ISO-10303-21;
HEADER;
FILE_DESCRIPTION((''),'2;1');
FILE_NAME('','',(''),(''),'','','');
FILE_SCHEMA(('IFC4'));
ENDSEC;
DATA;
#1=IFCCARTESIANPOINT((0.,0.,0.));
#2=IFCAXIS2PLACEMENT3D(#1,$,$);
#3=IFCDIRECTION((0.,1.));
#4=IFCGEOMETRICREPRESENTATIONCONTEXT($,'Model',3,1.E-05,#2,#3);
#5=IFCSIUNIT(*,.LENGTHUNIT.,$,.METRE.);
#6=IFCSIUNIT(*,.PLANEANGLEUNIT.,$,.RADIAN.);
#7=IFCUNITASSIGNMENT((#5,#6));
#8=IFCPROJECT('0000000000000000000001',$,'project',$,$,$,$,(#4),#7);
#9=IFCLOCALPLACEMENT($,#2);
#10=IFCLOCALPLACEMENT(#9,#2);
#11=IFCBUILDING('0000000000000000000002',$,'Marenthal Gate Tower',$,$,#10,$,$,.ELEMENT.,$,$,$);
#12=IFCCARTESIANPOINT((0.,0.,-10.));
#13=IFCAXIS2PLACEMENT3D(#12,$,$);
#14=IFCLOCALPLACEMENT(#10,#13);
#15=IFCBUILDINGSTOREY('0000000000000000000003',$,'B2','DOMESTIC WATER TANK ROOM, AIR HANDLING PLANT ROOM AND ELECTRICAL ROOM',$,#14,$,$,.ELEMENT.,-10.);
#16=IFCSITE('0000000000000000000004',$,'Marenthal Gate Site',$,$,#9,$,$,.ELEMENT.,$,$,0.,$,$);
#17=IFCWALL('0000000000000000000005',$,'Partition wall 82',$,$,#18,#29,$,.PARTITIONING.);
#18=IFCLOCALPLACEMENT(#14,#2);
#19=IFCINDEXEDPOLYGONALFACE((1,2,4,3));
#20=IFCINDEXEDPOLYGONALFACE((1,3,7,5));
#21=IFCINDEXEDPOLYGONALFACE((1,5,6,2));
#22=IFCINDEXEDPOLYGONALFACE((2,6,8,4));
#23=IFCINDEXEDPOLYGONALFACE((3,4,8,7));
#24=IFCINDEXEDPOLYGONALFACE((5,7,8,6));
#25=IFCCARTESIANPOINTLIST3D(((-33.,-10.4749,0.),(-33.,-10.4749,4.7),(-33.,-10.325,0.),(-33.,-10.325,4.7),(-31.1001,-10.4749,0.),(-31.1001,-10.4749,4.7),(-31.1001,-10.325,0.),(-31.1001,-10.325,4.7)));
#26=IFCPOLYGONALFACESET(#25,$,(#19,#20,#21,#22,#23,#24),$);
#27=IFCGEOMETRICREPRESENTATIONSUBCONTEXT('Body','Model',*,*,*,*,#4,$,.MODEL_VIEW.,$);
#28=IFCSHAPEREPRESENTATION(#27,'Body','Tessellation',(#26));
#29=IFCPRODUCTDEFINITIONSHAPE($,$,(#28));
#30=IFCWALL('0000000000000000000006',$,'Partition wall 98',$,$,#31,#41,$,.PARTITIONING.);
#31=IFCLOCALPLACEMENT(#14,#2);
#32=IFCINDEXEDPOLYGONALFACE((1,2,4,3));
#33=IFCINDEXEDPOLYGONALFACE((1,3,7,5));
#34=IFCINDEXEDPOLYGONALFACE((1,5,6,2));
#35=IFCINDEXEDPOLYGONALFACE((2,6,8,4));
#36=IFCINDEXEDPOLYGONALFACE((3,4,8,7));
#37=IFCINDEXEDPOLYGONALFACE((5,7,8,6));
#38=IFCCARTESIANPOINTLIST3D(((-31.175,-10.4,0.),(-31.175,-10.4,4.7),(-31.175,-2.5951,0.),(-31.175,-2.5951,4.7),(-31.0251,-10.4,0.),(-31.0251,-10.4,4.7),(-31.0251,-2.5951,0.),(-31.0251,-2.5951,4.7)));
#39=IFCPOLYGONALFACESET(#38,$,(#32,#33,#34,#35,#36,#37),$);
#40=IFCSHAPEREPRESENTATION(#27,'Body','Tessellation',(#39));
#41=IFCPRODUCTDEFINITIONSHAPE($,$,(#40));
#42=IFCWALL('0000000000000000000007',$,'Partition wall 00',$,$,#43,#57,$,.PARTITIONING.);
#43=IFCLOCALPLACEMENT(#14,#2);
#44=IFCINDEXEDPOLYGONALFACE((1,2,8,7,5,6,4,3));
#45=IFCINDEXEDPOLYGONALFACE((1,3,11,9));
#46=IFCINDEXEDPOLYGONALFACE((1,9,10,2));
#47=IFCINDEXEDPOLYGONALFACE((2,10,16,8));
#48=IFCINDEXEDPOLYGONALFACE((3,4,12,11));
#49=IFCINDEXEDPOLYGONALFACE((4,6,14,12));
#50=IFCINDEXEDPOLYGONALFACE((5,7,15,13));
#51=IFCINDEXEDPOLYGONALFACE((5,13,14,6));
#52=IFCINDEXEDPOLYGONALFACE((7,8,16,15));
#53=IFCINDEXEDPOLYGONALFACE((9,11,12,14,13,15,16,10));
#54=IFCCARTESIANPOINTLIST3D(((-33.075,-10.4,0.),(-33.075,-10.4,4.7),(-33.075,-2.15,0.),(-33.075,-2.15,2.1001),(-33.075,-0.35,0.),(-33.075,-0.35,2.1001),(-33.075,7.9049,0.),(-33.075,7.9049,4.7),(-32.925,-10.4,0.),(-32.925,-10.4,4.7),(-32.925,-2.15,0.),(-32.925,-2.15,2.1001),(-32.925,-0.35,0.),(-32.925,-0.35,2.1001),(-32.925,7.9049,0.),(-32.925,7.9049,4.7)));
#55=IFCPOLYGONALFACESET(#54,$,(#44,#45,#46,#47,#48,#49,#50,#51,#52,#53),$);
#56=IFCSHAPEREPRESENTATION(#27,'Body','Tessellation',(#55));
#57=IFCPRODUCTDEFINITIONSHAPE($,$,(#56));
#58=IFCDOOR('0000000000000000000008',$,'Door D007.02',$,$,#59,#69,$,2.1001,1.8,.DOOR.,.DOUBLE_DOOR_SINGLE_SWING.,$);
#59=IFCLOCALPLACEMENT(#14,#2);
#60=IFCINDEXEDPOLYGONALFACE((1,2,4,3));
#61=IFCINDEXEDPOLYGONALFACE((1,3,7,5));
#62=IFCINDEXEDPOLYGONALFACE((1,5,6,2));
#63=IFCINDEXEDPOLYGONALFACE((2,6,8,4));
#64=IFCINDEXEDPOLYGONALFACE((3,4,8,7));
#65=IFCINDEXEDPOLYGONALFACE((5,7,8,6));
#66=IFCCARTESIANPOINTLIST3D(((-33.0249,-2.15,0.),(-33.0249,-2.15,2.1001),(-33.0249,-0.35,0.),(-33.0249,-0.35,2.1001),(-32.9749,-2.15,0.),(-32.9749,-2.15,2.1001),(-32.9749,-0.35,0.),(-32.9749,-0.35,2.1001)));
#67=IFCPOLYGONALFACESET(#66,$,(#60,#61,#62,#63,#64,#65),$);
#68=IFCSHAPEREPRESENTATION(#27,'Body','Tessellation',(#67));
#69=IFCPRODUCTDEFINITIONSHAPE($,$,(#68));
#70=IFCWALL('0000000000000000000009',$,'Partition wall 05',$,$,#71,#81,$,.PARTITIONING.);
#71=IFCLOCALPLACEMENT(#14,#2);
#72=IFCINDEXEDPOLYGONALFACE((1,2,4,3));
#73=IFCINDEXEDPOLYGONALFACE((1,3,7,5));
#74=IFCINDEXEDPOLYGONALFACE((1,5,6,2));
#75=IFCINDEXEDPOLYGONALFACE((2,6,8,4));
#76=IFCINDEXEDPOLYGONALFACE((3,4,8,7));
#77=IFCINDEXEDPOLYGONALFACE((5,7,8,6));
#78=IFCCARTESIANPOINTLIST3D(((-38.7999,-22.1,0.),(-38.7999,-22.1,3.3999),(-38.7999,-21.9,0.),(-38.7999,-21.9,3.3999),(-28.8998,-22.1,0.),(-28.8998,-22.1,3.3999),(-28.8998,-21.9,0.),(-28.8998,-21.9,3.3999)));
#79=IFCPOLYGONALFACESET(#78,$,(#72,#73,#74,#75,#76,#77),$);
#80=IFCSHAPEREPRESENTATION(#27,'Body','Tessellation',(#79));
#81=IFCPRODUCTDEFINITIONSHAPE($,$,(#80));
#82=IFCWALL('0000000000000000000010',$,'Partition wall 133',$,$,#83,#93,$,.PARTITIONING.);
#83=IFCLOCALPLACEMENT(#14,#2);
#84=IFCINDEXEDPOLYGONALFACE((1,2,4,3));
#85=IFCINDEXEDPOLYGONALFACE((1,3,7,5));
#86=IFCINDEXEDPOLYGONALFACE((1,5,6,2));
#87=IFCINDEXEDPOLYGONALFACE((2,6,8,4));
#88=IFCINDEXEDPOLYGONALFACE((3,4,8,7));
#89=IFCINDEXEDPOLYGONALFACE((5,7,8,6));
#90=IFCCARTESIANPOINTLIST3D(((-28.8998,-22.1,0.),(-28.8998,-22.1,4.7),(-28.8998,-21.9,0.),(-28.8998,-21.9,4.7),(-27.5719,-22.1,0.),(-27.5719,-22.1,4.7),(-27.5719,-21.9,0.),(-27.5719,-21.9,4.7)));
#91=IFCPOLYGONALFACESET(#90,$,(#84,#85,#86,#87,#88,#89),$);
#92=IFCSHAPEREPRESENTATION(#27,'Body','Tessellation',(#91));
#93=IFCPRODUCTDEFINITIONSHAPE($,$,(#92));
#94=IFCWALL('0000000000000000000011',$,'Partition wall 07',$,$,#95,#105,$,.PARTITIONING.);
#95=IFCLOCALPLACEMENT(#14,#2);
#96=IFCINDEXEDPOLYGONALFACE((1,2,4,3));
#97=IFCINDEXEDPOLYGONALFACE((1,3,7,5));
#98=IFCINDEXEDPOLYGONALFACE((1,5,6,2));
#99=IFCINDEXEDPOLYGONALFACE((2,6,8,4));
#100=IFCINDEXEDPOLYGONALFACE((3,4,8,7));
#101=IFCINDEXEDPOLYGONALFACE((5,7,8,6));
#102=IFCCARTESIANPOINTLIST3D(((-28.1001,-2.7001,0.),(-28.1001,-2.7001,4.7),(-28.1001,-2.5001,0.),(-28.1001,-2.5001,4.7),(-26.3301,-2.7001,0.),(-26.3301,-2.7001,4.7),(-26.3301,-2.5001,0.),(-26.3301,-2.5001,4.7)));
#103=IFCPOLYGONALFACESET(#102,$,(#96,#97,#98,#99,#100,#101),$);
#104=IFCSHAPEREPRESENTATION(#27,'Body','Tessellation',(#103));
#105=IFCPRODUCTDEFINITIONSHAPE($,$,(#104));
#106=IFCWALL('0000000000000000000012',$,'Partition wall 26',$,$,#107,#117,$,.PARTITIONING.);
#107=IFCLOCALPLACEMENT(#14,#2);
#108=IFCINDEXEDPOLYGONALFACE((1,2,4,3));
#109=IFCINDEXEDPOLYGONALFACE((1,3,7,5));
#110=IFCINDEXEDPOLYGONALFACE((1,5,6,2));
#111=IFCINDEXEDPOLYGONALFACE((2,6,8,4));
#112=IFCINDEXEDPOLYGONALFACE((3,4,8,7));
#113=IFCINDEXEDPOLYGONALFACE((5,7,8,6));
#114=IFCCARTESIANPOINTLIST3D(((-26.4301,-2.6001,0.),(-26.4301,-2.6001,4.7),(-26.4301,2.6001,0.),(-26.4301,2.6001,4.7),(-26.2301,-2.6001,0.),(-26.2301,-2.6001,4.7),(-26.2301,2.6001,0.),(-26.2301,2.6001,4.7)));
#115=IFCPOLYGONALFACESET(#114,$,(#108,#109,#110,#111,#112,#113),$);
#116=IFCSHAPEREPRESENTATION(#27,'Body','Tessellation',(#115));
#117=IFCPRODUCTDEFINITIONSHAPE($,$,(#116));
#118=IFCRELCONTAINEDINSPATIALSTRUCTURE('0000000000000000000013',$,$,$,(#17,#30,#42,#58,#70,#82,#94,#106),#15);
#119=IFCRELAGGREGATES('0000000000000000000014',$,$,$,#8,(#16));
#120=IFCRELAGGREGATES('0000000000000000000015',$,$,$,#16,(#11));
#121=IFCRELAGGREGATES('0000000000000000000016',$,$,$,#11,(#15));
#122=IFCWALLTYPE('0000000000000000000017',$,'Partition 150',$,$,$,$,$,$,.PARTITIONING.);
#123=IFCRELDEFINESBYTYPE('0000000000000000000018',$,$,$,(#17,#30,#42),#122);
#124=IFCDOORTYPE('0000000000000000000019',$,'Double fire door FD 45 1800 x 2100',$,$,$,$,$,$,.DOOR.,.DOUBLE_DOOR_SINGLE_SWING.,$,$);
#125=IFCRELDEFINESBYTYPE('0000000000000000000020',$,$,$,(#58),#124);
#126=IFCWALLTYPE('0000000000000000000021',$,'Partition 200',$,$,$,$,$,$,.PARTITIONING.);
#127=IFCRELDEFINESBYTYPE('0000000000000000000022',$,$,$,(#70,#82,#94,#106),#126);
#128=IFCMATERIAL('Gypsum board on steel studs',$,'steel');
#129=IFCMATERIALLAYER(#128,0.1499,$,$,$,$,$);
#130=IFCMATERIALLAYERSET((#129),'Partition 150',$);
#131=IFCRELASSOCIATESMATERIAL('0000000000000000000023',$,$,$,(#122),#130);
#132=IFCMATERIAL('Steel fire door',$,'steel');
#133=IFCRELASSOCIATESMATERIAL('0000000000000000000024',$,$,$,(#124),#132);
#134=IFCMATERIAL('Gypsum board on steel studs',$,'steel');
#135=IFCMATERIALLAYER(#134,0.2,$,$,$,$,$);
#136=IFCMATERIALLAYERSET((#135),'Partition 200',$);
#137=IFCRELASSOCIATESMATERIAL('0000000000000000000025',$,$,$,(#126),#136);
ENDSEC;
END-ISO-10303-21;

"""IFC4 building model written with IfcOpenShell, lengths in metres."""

from ifc_helpers import new_model, si_unit, direction, frame, frame_2d, origin, place, context, subcontext, project, spatial, rectangle, extrude, material, layer, layer_set, type_object, element, fill, save


model = new_model("IFC4")

# Units and contexts
model_context = context("Model", 3, precision=1e-05, world=origin(), true_north=direction((0.0, 1.0)))
body_context = subcontext(model_context, "Body", "Model", "MODEL_VIEW")
ifc_project = project(units=[si_unit("LENGTHUNIT", "METRE"), si_unit("PLANEANGLEUNIT", "RADIAN")], contexts=[model_context])

# Site, building, storey
site_placement = place(None, origin())
site = spatial("IfcSite", under=ifc_project, at=site_placement, Name="Marenthal Gate Site", CompositionType="ELEMENT", RefElevation=0.0)
building_placement = place(site_placement, origin())
building = spatial("IfcBuilding", under=site, at=building_placement, Name="Marenthal Gate Tower", CompositionType="ELEMENT")
storey_placement = place(building_placement, frame((0.0, 0.0, -10.0)))
storey = spatial("IfcBuildingStorey", under=building, at=storey_placement, Name="B2", Description="DOMESTIC WATER TANK ROOM, AIR HANDLING PLANT ROOM AND ELECTRICAL ROOM", CompositionType="ELEMENT", Elevation=-10.0)

# Walls
ifc_material_1 = material(Name="Gypsum board on steel studs", Category="steel")
ifc_layer_1 = layer(ifc_material_1, 0.1499)
ifc_layer_set_1 = layer_set([ifc_layer_1], Name="Partition 150")
wall_type_1 = type_object("IfcWallType", Name="Partition 150", PredefinedType="PARTITIONING", material=ifc_layer_set_1)
wall_1_placement = place(storey_placement, frame((-33.0, -10.3999, 0.0), z_axis=(0.0, 0.0, 1.0), x_axis=(1.0, 0.0, 0.0)))
element("IfcWall", 1, at=wall_1_placement, inside=storey, type_object=wall_type_1, Name="Partition wall 82", PredefinedType="PARTITIONING", context=body_context, shape_type="SweptSolid", body=[
    extrude(rectangle(XDim=1.8999, YDim=0.1499, at=frame_2d((0.95, 0.0))), origin(), (0.0, 0.0, 1.0), 4.7),
])
wall_2_placement = place(storey_placement, frame((-31.1001, -10.3999, 0.0), z_axis=(0.0, 0.0, 1.0), x_axis=(0.0, 1.0, 0.0)))
element("IfcWall", 2, at=wall_2_placement, inside=storey, type_object=wall_type_1, Name="Partition wall 98", PredefinedType="PARTITIONING", context=body_context, shape_type="SweptSolid", body=[
    extrude(rectangle(XDim=7.8049, YDim=0.1499, at=frame_2d((3.9023, 0.0))), origin(), (0.0, 0.0, 1.0), 4.7),
])

# Wall, opening, door
wall_3_placement = place(storey_placement, frame((-33.0, -10.3999, 0.0), z_axis=(0.0, 0.0, 1.0), x_axis=(0.0, 1.0, 0.0)))
wall_3 = element("IfcWall", 3, at=wall_3_placement, inside=storey, type_object=wall_type_1, Name="Partition wall 00", PredefinedType="PARTITIONING", context=body_context, shape_type="SweptSolid", body=[
    extrude(rectangle(XDim=18.3049, YDim=0.1499, at=frame_2d((9.1523, 0.0))), origin(), (0.0, 0.0, 1.0), 4.7),
])
opening_1_placement = place(wall_3_placement, frame((8.25, 0.0, 0.0)))
opening_1 = element("IfcOpeningElement", 4, at=opening_1_placement, cuts=wall_3, PredefinedType="OPENING", context=body_context, shape_type="SweptSolid", body=[
    extrude(rectangle(XDim=1.8, YDim=2.1001, at=frame_2d((0.8999, 1.05))), frame((0.0, 0.085, 0.0), z_axis=(0.0, -1.0, 0.0), x_axis=(1.0, 0.0, 0.0)), (0.0, 0.0, 1.0), 0.1699),
])
ifc_material_2 = material(Name="Steel fire door", Category="steel")
door_type_1 = type_object("IfcDoorType", Name="Double fire door FD 45 1800 x 2100", OperationType="DOUBLE_DOOR_SINGLE_SWING", PredefinedType="DOOR", material=ifc_material_2)
door_1_placement = place(opening_1_placement, origin())
door_1 = element("IfcDoor", 5, at=door_1_placement, inside=storey, type_object=door_type_1, Name="Door D007.02", OperationType="DOUBLE_DOOR_SINGLE_SWING", OverallHeight=2.1001, OverallWidth=1.8, PredefinedType="DOOR", context=body_context, shape_type="SweptSolid", body=[
    extrude(rectangle(XDim=1.8, YDim=2.1001, at=frame_2d((0.8999, 1.05))), frame((0.0, 0.0249, 0.0), z_axis=(0.0, -1.0, 0.0), x_axis=(1.0, 0.0, 0.0)), (0.0, 0.0, 1.0), 0.05),
])
fill(opening_1, door_1)

# Walls
ifc_material_3 = material(Name="Gypsum board on steel studs", Category="steel")
ifc_layer_2 = layer(ifc_material_3, 0.2)
ifc_layer_set_2 = layer_set([ifc_layer_2], Name="Partition 200")
wall_type_2 = type_object("IfcWallType", Name="Partition 200", PredefinedType="PARTITIONING", material=ifc_layer_set_2)
wall_4_placement = place(storey_placement, frame((-38.8, -22.0, 0.0), z_axis=(0.0, 0.0, 1.0), x_axis=(1.0, 0.0, 0.0)))
element("IfcWall", 6, at=wall_4_placement, inside=storey, type_object=wall_type_2, Name="Partition wall 05", PredefinedType="PARTITIONING", context=body_context, shape_type="SweptSolid", body=[
    extrude(rectangle(XDim=9.9001, YDim=0.2, at=frame_2d((4.9502, 0.0))), origin(), (0.0, 0.0, 1.0), 3.3999),
])
wall_5_placement = place(storey_placement, frame((-28.8999, -22.0, 0.0), z_axis=(0.0, 0.0, 1.0), x_axis=(1.0, 0.0, 0.0)))
element("IfcWall", 7, at=wall_5_placement, inside=storey, type_object=wall_type_2, Name="Partition wall 133", PredefinedType="PARTITIONING", context=body_context, shape_type="SweptSolid", body=[
    extrude(rectangle(XDim=1.3279, YDim=0.2, at=frame_2d((0.6641, 0.0))), origin(), (0.0, 0.0, 1.0), 4.7),
])
wall_6_placement = place(storey_placement, frame((-28.1001, -2.6001, 0.0), z_axis=(0.0, 0.0, 1.0), x_axis=(1.0, 0.0, 0.0)))
element("IfcWall", 8, at=wall_6_placement, inside=storey, type_object=wall_type_2, Name="Partition wall 07", PredefinedType="PARTITIONING", context=body_context, shape_type="SweptSolid", body=[
    extrude(rectangle(XDim=1.77, YDim=0.2, at=frame_2d((0.885, 0.0))), origin(), (0.0, 0.0, 1.0), 4.7),
])
wall_7_placement = place(storey_placement, frame((-26.3301, -2.6001, 0.0), z_axis=(0.0, 0.0, 1.0), x_axis=(0.0, 1.0, 0.0)))
element("IfcWall", 9, at=wall_7_placement, inside=storey, type_object=wall_type_2, Name="Partition wall 26", PredefinedType="PARTITIONING", context=body_context, shape_type="SweptSolid", body=[
    extrude(rectangle(XDim=5.2002, YDim=0.2, at=frame_2d((2.6001, 0.0))), origin(), (0.0, 0.0, 1.0), 4.7),
])

save(model, "model.ifc")
